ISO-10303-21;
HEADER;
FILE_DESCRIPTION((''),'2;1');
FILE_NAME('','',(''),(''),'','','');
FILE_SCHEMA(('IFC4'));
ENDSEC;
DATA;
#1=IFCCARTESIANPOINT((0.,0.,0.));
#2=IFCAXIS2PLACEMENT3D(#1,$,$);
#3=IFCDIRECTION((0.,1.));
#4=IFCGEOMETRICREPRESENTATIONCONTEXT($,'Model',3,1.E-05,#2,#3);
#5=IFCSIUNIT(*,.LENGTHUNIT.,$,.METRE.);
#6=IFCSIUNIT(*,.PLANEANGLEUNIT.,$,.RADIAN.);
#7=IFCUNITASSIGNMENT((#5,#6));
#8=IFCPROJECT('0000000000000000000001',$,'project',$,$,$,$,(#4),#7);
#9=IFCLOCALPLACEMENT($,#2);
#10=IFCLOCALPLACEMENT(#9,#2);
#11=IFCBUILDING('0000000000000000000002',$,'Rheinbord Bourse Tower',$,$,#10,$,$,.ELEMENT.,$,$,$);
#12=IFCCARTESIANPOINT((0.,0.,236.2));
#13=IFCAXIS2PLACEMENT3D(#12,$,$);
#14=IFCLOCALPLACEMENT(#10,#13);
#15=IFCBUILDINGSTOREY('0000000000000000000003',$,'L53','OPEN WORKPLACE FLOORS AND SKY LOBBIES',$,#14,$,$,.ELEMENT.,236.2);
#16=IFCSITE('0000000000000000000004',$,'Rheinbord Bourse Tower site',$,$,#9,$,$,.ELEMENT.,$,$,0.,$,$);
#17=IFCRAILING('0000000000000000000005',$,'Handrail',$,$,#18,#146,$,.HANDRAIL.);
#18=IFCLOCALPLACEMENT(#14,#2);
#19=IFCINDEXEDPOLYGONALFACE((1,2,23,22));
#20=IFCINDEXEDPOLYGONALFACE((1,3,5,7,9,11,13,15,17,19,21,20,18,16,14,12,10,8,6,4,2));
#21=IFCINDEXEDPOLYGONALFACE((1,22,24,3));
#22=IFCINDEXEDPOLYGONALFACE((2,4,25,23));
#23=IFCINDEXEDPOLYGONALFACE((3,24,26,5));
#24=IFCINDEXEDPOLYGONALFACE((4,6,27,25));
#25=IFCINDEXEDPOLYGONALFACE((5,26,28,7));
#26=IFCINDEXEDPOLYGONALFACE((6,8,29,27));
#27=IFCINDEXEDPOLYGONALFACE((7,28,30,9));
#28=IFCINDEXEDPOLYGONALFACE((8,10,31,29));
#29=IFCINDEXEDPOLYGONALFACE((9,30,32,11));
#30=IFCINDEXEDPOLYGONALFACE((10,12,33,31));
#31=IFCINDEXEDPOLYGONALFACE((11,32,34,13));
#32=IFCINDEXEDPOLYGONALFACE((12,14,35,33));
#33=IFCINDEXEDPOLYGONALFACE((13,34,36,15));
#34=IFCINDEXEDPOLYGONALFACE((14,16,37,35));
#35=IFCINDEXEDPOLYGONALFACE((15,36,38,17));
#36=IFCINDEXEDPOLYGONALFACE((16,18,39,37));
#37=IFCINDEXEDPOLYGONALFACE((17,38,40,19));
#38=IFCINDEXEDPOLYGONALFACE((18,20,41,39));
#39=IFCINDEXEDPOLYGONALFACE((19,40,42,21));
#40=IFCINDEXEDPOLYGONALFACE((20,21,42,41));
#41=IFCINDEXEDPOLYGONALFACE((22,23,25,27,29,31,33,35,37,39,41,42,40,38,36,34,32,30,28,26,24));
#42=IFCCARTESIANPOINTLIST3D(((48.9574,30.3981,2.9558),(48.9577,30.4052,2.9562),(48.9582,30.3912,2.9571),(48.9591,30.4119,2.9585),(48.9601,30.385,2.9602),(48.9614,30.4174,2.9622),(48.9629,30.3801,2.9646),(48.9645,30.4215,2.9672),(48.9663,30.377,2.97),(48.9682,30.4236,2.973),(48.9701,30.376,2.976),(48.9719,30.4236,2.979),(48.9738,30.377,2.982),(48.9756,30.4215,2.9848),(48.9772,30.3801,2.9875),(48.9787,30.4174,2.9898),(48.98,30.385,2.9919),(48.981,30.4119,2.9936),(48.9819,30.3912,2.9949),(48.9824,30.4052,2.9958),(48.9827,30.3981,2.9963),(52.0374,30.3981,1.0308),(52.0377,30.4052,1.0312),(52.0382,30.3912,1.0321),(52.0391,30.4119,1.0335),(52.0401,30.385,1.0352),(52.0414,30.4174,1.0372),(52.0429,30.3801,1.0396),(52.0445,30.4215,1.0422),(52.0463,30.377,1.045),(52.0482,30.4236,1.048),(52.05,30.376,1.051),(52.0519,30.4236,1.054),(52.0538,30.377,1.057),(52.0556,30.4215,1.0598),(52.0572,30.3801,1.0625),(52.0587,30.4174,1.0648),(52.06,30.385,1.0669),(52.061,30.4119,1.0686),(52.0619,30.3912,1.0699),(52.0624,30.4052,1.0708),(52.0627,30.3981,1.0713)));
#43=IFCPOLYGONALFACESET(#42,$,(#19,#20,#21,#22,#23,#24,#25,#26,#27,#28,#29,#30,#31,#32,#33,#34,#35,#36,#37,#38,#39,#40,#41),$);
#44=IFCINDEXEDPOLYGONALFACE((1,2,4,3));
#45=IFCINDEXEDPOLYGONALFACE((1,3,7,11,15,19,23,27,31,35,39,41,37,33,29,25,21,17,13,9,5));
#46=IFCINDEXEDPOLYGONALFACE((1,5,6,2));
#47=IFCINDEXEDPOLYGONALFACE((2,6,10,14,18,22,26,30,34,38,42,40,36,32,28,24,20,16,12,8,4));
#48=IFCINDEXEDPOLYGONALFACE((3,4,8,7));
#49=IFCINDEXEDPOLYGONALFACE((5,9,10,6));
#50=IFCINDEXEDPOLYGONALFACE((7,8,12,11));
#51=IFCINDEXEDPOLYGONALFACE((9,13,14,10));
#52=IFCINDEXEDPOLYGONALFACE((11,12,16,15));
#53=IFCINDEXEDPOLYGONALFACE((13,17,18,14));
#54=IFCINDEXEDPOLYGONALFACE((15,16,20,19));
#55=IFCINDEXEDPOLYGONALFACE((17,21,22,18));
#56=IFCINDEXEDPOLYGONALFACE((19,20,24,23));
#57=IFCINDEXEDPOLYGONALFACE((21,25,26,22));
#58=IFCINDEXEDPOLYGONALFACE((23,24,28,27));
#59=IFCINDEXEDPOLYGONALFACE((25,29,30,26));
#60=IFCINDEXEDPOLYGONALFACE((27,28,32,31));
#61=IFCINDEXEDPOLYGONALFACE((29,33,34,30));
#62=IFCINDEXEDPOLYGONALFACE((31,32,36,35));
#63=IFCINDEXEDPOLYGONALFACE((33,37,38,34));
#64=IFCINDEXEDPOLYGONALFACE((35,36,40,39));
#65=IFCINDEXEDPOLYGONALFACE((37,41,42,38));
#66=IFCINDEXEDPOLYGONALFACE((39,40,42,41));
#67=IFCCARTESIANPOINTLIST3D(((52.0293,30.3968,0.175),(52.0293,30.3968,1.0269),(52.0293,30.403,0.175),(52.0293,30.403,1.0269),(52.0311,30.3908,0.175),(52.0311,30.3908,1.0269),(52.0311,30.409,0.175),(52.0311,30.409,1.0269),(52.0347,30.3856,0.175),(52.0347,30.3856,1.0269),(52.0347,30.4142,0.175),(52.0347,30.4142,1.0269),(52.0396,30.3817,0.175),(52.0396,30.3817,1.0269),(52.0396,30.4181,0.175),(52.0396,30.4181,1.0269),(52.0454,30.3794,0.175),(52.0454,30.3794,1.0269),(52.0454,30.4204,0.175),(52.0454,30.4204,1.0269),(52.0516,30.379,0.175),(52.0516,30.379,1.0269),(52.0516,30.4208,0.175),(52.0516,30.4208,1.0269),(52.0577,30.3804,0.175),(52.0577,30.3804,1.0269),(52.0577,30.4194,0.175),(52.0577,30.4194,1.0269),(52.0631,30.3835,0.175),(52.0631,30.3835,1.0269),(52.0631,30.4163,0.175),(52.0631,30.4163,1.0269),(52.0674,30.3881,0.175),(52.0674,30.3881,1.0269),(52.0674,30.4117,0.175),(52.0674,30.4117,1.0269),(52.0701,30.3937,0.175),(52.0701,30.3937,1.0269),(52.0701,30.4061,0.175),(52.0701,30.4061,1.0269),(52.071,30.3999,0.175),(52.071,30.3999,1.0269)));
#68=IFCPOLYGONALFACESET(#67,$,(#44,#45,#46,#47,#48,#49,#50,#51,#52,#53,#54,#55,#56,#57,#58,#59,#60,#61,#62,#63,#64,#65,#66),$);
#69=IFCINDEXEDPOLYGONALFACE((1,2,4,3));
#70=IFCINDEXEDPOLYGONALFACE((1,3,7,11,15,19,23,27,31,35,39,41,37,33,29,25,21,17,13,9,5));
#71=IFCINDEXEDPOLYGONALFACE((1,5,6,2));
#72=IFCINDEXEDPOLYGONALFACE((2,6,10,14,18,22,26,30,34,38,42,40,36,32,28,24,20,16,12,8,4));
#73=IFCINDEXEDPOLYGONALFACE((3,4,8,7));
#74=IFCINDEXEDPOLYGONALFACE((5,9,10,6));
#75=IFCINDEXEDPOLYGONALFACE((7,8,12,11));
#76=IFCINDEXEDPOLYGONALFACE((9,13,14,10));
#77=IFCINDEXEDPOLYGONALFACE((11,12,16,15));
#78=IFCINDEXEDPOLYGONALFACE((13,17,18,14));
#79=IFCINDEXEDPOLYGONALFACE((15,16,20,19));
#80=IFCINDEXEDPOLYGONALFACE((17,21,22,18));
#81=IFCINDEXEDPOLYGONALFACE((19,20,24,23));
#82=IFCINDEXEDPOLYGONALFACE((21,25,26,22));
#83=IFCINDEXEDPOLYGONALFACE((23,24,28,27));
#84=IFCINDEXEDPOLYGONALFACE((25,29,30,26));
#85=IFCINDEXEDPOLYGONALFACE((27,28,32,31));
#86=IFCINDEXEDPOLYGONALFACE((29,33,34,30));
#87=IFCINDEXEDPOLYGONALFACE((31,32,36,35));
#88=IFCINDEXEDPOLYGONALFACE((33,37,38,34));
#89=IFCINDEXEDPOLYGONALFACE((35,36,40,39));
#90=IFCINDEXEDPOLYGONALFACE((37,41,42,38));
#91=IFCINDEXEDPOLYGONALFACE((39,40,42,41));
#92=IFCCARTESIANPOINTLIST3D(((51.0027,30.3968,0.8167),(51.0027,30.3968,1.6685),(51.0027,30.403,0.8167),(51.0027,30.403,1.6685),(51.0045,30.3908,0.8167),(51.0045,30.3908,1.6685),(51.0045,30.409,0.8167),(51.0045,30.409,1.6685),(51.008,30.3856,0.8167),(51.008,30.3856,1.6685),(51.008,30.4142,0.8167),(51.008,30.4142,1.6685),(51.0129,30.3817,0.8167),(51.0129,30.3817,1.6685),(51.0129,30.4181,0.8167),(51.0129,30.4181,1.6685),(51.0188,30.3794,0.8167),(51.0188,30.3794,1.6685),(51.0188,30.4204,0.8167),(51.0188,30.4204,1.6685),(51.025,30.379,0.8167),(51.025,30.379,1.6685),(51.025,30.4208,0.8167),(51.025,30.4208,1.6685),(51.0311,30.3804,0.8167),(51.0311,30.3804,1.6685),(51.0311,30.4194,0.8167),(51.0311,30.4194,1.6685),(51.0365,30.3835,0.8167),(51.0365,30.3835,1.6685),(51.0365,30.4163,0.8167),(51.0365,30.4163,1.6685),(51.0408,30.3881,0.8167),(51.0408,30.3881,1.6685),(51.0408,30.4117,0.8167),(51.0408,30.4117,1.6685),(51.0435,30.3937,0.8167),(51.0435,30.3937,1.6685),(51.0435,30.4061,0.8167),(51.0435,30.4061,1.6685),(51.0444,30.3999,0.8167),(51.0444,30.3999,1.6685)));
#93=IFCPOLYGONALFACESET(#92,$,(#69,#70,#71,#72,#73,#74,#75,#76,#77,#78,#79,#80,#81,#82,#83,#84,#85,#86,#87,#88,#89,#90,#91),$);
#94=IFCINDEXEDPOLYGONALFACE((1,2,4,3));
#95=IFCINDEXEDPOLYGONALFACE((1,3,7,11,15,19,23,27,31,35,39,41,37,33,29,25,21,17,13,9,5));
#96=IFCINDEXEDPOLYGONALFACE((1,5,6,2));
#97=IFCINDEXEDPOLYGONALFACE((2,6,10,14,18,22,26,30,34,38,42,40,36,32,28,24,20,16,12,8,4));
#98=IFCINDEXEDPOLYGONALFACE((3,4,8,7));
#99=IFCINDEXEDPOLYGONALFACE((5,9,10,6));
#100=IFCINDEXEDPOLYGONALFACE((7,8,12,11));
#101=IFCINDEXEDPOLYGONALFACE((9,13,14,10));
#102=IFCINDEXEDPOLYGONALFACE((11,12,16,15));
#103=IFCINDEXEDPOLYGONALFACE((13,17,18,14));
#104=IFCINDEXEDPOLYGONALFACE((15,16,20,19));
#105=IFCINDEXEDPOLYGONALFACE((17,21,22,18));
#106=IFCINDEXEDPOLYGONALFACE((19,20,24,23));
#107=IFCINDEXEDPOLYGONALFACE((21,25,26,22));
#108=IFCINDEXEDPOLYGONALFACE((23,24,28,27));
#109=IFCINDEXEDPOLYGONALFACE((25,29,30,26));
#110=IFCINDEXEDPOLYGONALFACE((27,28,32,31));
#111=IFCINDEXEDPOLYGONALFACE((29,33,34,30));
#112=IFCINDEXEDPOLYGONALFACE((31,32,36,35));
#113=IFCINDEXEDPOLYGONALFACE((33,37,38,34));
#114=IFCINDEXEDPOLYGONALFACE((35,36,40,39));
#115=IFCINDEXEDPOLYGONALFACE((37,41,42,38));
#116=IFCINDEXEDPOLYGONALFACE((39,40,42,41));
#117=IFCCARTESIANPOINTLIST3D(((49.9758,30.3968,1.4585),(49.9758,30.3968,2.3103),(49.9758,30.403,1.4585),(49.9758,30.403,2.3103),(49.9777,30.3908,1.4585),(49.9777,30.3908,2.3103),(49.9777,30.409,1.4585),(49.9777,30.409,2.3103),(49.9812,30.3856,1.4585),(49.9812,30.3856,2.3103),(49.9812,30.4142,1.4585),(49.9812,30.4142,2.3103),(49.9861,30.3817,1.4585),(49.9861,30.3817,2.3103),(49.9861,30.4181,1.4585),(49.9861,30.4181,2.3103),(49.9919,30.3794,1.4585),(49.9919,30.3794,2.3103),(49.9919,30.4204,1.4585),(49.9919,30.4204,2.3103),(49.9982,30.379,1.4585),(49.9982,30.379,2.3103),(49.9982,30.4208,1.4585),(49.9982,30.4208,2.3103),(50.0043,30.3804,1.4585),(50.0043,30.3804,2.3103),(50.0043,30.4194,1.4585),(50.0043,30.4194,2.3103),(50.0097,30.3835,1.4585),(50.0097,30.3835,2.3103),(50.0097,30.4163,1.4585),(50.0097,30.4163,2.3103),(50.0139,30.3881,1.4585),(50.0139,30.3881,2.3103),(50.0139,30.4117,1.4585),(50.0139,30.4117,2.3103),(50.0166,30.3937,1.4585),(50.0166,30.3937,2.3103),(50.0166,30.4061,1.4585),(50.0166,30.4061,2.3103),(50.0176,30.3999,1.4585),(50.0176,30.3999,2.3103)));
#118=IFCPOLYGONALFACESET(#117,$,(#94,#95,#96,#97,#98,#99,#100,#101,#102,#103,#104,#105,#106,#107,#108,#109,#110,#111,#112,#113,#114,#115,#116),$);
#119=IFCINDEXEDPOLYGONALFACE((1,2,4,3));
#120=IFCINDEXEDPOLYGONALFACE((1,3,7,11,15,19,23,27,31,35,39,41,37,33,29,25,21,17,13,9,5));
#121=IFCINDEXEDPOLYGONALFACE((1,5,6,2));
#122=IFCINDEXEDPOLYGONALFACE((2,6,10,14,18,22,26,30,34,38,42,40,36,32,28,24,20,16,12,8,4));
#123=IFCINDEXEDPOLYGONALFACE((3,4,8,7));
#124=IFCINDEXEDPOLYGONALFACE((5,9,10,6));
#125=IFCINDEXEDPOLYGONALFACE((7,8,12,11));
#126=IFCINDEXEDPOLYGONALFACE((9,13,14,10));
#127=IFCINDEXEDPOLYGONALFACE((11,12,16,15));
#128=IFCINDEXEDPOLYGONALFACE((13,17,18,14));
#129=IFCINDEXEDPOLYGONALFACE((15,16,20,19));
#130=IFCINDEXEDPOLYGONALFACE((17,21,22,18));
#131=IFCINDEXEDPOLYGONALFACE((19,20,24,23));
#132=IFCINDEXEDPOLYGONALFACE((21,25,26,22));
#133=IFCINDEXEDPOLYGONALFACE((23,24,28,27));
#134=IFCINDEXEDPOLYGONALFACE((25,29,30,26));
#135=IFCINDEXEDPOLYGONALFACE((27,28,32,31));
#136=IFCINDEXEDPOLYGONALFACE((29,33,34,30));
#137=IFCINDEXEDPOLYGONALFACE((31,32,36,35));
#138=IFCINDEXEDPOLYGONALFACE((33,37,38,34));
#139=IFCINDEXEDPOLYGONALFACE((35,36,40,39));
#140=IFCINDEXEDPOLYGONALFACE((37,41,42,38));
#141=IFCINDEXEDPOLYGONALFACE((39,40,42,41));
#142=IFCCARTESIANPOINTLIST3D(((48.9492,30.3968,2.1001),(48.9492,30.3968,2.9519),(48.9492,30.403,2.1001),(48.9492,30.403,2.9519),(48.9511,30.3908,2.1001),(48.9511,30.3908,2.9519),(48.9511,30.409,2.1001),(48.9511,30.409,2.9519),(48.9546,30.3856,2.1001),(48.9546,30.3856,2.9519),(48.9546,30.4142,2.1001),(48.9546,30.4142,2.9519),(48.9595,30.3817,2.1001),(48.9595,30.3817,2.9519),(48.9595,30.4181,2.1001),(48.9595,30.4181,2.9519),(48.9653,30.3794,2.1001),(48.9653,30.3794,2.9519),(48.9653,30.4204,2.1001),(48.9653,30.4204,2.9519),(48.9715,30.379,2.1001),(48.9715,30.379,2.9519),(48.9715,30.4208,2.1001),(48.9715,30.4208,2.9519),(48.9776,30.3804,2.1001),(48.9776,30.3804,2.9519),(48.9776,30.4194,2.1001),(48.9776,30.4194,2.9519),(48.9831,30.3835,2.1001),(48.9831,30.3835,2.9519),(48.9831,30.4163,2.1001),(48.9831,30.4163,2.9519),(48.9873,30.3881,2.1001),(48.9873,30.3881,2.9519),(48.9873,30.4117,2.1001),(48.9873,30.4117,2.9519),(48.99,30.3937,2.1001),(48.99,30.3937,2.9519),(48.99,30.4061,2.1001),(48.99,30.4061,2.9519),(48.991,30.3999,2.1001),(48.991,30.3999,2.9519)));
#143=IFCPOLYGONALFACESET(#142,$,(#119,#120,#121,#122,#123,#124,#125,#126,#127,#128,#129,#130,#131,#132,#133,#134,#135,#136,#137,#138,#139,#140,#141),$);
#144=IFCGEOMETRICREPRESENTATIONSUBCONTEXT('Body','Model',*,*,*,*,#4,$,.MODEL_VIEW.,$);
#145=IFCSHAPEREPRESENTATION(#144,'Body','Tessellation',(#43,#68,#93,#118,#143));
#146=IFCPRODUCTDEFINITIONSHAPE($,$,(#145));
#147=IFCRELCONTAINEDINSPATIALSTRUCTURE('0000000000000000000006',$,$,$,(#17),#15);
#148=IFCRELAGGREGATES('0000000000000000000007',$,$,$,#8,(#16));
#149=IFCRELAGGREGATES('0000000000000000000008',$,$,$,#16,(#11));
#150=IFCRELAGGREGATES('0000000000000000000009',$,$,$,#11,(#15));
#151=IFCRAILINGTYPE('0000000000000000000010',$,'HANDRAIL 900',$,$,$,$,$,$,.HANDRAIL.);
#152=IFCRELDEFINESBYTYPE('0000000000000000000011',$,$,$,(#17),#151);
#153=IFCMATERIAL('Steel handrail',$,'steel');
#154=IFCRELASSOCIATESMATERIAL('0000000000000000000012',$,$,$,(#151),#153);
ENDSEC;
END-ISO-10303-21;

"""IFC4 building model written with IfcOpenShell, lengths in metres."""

from ifc_helpers import new_model, si_unit, direction, frame, origin, origin_2d, place, context, subcontext, project, spatial, circle, extrude, material, type_object, element, save


model = new_model("IFC4")

# Units and contexts
model_context = context("Model", 3, precision=1e-05, world=origin(), true_north=direction((0.0, 1.0)))
body_context = subcontext(model_context, "Body", "Model", "MODEL_VIEW")
ifc_project = project(units=[si_unit("LENGTHUNIT", "METRE"), si_unit("PLANEANGLEUNIT", "RADIAN")], contexts=[model_context])

# Site, building, storey
site_placement = place(None, origin())
site = spatial("IfcSite", under=ifc_project, at=site_placement, Name="Rheinbord Bourse Tower site", CompositionType="ELEMENT", RefElevation=0.0)
building_placement = place(site_placement, origin())
building = spatial("IfcBuilding", under=site, at=building_placement, Name="Rheinbord Bourse Tower", CompositionType="ELEMENT")
storey_placement = place(building_placement, frame((0.0, 0.0, 236.2)))
storey = spatial("IfcBuildingStorey", under=building, at=storey_placement, Name="L53", Description="OPEN WORKPLACE FLOORS AND SKY LOBBIES", CompositionType="ELEMENT", Elevation=236.2)

# Railing
ifc_material_1 = material(Name="Steel handrail", Category="steel")
railing_type = type_object("IfcRailingType", Name="HANDRAIL 900", PredefinedType="HANDRAIL", material=ifc_material_1)
railing_1_placement = place(storey_placement, frame((52.05, 30.3999, 0.175)))
element("IfcRailing", 1, at=railing_1_placement, inside=storey, type_object=railing_type, Name="Handrail", PredefinedType="HANDRAIL", context=body_context, shape_type="SweptSolid", body=[
    extrude(circle(Radius=0.0239, at=origin_2d()), frame((0.0, 0.0, 0.876), z_axis=(-0.847998, 0.0, 0.529999), x_axis=(0.0, -1.0, 0.0)), (0.0, 0.0, 1.0), 3.6321),
    extrude(circle(Radius=0.021, at=origin_2d()), origin(), (0.0, 0.0, 1.0), 0.8518),
    extrude(circle(Radius=0.021, at=origin_2d()), frame((-1.0266, 0.0, 0.6416)), (0.0, 0.0, 1.0), 0.8518),
    extrude(circle(Radius=0.021, at=origin_2d()), frame((-2.0535, 0.0, 1.2834)), (0.0, 0.0, 1.0), 0.8518),
    extrude(circle(Radius=0.021, at=origin_2d()), frame((-3.0801, 0.0, 1.925)), (0.0, 0.0, 1.0), 0.8518),
])

save(model, "model.ifc")
